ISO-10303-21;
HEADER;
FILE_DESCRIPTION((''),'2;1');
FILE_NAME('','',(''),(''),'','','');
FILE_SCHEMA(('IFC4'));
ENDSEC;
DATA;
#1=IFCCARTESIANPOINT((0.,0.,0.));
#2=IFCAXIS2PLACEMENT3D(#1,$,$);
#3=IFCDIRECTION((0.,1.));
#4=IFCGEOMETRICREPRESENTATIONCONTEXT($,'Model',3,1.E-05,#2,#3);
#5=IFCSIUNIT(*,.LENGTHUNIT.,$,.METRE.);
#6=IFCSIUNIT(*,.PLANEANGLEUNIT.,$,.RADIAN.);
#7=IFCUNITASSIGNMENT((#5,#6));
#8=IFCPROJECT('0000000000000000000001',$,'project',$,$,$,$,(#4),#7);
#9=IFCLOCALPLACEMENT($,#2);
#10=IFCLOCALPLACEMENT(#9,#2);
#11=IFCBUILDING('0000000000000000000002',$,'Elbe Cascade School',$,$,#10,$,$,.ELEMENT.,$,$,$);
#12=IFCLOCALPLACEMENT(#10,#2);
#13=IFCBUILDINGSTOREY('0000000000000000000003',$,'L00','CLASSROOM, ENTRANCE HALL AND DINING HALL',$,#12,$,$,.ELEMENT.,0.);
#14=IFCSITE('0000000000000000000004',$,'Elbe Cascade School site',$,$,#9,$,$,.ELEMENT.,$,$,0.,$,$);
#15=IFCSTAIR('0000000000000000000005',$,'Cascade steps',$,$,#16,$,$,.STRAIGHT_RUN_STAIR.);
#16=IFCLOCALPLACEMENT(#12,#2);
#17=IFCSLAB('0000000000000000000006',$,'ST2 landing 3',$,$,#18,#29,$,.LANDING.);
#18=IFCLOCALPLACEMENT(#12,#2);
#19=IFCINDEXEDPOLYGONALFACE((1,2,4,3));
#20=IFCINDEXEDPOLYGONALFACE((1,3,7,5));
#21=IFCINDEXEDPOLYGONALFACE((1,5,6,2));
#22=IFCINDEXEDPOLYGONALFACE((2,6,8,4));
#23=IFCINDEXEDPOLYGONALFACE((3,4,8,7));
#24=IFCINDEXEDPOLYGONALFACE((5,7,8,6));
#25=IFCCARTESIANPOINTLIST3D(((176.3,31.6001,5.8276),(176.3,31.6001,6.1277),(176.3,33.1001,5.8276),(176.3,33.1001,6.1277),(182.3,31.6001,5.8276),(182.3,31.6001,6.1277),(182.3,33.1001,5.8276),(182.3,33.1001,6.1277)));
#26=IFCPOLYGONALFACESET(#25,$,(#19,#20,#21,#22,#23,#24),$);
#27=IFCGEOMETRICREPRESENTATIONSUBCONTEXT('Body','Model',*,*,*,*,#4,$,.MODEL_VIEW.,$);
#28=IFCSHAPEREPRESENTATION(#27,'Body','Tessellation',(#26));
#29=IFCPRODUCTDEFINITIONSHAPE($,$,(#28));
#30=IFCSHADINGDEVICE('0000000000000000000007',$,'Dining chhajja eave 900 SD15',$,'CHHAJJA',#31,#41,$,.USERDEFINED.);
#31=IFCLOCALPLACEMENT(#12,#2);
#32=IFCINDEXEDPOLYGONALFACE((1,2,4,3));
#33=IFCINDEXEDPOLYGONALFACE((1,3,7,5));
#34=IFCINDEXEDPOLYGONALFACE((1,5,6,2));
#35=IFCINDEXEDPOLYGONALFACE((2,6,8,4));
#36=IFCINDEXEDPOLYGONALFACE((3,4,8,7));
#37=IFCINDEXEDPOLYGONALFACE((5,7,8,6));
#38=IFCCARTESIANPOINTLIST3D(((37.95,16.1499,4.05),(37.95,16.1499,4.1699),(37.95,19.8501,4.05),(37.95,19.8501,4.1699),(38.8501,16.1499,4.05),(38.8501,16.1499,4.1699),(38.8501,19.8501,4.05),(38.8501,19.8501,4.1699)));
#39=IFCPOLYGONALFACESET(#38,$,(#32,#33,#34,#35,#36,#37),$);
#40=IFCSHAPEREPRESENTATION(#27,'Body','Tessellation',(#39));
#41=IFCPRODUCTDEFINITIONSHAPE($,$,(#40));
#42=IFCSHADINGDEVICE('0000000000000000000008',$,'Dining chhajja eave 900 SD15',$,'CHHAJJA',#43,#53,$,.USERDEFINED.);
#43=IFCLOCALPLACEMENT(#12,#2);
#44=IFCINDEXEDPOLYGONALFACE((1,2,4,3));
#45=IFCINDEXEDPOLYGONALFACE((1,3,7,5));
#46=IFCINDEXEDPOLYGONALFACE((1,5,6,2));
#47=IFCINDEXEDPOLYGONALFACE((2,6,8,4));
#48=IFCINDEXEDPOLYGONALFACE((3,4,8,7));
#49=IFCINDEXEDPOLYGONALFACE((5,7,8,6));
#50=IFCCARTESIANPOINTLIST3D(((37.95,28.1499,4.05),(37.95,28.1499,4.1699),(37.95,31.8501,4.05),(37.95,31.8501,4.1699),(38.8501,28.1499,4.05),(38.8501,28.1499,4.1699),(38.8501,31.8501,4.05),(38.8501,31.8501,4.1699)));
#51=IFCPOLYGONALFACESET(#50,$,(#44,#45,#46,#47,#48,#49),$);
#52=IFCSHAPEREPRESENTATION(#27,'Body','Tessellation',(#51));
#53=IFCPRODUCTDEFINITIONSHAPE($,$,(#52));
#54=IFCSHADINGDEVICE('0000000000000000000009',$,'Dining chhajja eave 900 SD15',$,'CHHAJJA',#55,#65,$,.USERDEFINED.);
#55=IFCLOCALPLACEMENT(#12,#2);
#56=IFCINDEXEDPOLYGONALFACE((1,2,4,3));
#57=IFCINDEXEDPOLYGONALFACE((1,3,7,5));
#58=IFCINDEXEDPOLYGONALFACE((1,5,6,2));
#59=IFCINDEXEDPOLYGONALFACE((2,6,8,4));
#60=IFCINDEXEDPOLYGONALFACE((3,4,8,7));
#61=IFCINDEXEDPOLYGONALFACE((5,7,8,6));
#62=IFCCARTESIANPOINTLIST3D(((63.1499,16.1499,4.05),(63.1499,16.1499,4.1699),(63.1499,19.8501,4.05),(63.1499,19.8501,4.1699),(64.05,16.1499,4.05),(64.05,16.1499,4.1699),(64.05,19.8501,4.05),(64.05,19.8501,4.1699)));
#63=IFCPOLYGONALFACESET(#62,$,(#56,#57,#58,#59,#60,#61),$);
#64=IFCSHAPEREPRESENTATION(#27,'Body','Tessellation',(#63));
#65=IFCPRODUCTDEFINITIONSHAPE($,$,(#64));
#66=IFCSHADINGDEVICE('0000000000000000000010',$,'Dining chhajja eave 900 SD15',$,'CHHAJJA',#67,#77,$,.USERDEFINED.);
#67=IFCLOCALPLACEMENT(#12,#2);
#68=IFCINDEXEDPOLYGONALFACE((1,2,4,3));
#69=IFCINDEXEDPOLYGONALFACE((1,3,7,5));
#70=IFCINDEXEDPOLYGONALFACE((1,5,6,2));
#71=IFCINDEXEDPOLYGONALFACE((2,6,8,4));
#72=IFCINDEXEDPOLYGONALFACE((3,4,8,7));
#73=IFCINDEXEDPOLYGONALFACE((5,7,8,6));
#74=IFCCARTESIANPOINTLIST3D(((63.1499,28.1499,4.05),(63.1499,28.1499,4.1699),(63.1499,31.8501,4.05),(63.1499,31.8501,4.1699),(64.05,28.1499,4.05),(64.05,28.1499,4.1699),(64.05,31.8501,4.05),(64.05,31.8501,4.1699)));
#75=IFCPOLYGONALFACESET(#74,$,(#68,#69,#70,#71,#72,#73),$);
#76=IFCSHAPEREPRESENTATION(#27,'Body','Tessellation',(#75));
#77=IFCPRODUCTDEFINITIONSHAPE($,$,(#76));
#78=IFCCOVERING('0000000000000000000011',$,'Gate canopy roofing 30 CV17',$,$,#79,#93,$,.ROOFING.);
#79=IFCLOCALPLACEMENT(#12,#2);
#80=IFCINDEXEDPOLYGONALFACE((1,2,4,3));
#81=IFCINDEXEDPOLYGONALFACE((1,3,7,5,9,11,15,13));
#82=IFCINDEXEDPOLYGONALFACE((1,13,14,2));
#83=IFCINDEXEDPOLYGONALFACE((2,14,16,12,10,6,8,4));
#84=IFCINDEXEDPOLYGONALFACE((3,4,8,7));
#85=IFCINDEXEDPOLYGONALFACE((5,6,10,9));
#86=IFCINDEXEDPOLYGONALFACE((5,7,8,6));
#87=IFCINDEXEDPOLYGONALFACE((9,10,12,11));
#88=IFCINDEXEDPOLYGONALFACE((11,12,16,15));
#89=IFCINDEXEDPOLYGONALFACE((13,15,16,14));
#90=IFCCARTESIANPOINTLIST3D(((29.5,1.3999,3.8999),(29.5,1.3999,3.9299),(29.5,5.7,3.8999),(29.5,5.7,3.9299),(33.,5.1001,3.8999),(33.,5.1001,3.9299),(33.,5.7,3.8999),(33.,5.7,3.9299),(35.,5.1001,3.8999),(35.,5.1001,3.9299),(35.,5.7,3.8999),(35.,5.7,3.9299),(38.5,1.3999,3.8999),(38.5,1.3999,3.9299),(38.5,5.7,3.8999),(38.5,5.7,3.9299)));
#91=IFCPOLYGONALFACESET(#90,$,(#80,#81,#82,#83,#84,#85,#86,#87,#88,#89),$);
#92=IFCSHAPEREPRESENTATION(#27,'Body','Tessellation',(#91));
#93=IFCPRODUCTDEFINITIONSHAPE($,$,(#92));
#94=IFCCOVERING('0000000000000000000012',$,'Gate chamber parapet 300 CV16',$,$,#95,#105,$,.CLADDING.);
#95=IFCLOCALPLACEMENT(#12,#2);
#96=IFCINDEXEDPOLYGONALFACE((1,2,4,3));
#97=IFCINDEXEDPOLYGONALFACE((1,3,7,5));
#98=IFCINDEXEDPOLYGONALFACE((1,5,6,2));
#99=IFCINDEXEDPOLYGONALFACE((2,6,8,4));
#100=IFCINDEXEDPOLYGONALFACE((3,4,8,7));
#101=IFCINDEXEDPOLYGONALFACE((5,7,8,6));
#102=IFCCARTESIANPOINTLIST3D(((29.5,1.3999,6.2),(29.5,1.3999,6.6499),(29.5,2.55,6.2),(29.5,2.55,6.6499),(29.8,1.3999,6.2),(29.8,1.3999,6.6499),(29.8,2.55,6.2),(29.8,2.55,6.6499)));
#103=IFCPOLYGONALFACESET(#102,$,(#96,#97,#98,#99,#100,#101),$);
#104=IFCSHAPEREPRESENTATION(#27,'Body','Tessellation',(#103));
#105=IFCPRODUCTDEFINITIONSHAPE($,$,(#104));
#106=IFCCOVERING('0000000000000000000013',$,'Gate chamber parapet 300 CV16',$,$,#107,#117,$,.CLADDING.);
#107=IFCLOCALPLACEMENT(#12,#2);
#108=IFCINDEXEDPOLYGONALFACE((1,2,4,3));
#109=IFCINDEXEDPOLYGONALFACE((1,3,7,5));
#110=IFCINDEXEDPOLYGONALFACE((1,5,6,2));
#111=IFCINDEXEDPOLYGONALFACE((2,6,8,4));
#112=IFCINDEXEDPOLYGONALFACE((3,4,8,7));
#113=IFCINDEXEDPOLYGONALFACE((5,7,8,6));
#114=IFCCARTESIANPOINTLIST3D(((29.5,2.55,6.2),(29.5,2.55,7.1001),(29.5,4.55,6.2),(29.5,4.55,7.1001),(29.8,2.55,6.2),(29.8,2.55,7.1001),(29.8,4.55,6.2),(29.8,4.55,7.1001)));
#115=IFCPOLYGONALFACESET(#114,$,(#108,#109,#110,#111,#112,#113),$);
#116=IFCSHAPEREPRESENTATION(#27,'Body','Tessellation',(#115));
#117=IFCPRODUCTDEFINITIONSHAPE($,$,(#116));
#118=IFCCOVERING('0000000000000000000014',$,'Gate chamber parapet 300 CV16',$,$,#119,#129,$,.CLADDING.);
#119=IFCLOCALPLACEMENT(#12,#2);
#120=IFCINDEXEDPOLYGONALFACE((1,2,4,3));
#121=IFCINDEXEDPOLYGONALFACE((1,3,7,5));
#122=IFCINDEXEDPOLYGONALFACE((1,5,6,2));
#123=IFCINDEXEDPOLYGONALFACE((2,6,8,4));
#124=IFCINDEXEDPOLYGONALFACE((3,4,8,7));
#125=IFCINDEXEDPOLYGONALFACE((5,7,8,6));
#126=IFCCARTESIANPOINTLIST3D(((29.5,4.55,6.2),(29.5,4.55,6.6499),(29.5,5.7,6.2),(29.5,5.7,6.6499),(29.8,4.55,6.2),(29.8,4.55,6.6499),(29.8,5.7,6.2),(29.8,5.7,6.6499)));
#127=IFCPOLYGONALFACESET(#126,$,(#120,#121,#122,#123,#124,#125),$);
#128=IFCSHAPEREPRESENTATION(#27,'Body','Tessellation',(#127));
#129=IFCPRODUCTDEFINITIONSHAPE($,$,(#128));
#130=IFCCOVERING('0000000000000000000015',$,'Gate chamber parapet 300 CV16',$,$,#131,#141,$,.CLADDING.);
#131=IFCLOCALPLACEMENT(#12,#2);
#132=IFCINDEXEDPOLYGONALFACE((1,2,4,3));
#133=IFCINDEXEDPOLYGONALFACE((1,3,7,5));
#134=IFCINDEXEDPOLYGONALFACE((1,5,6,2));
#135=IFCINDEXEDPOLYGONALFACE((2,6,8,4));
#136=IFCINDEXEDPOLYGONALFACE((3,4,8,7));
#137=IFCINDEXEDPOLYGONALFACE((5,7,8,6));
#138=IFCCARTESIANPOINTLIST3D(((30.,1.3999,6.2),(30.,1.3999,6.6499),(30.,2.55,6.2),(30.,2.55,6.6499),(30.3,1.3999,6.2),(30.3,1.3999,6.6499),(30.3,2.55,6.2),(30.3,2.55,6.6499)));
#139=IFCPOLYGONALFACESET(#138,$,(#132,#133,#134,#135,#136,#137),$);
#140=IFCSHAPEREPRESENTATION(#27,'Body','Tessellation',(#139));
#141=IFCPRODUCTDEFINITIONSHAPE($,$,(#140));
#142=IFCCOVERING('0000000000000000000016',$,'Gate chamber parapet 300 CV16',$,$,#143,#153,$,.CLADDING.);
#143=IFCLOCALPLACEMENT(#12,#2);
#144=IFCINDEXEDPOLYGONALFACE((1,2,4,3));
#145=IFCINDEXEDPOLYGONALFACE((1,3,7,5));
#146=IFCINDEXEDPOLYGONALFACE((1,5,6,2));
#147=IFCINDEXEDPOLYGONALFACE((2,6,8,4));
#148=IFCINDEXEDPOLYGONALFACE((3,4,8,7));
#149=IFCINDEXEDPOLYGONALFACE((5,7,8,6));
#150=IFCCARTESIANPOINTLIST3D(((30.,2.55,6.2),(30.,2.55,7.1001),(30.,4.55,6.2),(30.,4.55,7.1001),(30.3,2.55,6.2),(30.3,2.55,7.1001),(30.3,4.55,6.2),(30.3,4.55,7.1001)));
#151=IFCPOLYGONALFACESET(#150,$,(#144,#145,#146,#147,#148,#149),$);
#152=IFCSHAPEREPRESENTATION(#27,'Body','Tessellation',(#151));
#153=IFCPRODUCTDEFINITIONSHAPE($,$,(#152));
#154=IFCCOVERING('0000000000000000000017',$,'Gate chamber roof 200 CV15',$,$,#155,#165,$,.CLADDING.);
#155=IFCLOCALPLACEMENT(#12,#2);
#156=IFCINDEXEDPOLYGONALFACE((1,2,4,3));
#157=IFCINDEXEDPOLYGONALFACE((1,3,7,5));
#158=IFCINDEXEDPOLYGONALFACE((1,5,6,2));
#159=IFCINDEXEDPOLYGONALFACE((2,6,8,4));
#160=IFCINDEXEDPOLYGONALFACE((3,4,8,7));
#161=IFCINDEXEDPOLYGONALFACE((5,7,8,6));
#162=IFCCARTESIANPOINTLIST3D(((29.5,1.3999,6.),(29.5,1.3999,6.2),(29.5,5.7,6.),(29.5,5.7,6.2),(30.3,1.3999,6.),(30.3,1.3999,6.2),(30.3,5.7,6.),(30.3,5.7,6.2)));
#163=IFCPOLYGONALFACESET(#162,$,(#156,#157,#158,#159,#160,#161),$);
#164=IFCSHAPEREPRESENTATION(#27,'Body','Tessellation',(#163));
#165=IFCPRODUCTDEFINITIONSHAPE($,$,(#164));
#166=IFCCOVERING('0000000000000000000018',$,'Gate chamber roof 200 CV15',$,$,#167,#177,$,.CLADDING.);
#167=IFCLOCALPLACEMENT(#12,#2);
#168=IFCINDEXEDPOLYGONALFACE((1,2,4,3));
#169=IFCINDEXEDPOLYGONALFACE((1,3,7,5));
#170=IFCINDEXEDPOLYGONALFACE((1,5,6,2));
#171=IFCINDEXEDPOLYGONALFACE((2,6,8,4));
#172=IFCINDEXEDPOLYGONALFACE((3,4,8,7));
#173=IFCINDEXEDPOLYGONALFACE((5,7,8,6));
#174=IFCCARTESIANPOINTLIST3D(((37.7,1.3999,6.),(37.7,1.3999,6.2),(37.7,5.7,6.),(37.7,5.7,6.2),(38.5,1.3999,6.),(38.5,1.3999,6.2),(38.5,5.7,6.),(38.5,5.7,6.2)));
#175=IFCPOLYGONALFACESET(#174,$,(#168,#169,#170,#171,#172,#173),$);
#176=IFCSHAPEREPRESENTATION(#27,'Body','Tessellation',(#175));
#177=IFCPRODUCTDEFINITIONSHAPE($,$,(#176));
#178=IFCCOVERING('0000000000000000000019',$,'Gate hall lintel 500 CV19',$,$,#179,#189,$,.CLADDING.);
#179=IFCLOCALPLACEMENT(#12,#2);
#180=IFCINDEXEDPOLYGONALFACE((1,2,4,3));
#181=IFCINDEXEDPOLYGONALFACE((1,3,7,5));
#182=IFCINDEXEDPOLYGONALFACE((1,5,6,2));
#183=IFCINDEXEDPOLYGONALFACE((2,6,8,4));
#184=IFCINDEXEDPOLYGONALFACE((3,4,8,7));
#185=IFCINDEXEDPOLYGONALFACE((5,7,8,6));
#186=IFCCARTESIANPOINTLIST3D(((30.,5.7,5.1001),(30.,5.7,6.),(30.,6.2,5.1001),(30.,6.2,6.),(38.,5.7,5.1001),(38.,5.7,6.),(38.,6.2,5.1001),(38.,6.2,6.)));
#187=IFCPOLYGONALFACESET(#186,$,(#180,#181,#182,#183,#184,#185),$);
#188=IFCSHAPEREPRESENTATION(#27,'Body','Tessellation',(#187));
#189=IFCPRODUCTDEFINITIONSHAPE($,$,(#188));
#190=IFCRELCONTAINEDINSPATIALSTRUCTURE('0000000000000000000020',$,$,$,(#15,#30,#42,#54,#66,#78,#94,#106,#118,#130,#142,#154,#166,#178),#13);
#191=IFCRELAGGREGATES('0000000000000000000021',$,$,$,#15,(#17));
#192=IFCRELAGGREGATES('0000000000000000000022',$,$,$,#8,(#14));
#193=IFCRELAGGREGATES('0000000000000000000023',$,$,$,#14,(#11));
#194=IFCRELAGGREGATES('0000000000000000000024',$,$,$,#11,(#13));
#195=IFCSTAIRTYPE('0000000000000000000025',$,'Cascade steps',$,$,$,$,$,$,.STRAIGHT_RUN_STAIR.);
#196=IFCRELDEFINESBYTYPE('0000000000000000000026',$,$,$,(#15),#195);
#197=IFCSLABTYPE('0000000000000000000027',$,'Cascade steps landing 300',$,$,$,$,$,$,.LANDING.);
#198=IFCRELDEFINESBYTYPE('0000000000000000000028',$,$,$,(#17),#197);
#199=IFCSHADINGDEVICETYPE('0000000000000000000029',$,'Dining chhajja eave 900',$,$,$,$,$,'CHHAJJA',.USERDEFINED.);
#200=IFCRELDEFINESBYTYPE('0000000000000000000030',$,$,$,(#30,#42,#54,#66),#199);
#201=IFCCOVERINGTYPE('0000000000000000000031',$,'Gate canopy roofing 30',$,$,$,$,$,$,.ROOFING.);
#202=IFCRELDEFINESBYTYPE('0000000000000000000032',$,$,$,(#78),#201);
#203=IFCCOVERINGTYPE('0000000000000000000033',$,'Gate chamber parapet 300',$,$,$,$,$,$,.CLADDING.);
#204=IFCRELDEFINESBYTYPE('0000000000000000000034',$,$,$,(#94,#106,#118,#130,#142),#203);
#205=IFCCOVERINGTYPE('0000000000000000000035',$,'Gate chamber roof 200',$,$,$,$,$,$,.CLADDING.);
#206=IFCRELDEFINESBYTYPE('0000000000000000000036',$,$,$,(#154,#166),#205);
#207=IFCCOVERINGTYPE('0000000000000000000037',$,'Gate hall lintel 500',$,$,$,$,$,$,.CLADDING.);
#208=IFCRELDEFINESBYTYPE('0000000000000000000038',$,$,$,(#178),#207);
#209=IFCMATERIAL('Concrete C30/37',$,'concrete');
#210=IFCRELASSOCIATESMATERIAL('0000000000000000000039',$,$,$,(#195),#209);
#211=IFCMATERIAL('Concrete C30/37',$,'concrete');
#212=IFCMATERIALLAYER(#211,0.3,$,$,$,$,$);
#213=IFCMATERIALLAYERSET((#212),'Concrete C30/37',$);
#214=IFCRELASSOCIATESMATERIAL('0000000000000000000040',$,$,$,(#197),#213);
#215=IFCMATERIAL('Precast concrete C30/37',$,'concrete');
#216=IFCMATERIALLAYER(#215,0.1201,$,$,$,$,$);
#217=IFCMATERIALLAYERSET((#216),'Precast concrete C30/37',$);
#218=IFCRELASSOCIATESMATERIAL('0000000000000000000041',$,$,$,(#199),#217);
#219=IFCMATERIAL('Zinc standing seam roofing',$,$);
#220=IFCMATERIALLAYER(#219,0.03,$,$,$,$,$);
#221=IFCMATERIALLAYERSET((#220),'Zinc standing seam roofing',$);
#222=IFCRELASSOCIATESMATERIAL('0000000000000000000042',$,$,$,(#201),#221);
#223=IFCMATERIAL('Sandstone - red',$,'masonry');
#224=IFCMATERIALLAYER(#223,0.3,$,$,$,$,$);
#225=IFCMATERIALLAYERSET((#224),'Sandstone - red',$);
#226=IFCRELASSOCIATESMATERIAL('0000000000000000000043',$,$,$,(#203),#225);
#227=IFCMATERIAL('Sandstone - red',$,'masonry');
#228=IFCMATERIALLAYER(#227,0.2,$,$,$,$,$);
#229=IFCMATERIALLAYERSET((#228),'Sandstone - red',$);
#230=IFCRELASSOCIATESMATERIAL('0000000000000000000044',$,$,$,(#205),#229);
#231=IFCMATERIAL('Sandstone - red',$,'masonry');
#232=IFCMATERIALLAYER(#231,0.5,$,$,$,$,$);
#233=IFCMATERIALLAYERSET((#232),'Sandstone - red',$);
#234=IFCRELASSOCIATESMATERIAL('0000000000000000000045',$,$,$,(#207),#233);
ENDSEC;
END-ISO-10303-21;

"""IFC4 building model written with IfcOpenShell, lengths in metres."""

from ifc_helpers import new_model, si_unit, direction, frame, origin, place, context, subcontext, project, spatial, polyline, outline, extrude, material, layer, layer_set, type_object, element, aggregate, save


model = new_model("IFC4")

# Units and contexts
model_context = context("Model", 3, precision=1e-05, world=origin(), true_north=direction((0.0, 1.0)))
body_context = subcontext(model_context, "Body", "Model", "MODEL_VIEW")
ifc_project = project(units=[si_unit("LENGTHUNIT", "METRE"), si_unit("PLANEANGLEUNIT", "RADIAN")], contexts=[model_context])

# Site, building, storey
site_placement = place(None, origin())
site = spatial("IfcSite", under=ifc_project, at=site_placement, Name="Elbe Cascade School site", CompositionType="ELEMENT", RefElevation=0.0)
building_placement = place(site_placement, origin())
building = spatial("IfcBuilding", under=site, at=building_placement, Name="Elbe Cascade School", CompositionType="ELEMENT")
storey_placement = place(building_placement, origin())
storey = spatial("IfcBuildingStorey", under=building, at=storey_placement, Name="L00", Description="CLASSROOM, ENTRANCE HALL AND DINING HALL", CompositionType="ELEMENT", Elevation=0.0)

# Stair, slab
ifc_material_1 = material(Name="Concrete C30/37", Category="concrete")
stair_type = type_object("IfcStairType", Name="Cascade steps", PredefinedType="STRAIGHT_RUN_STAIR", material=ifc_material_1)
stair_placement = place(storey_placement, origin())
stair = element("IfcStair", 1, at=stair_placement, inside=storey, type_object=stair_type, Name="Cascade steps", PredefinedType="STRAIGHT_RUN_STAIR")
ifc_material_2 = material(Name="Concrete C30/37", Category="concrete")
ifc_layer_1 = layer(ifc_material_2, 0.3)
ifc_layer_set_1 = layer_set([ifc_layer_1], Name="Concrete C30/37")
slab_type = type_object("IfcSlabType", Name="Cascade steps landing 300", PredefinedType="LANDING", material=ifc_layer_set_1)
slab_placement = place(storey_placement, frame((0.0, 0.0, 5.8276)))
slab = element("IfcSlab", 2, at=slab_placement, type_object=slab_type, Name="ST2 landing 3", PredefinedType="LANDING", context=body_context, shape_type="SweptSolid", body=[
    extrude(outline(polyline([(176.3, 31.6001), (182.3, 31.6001), (182.3, 33.1001), (176.3, 33.1001), (176.3, 31.6001)])), origin(), (0.0, 0.0, 1.0), 0.3),
])
aggregate(stair, [slab])

# Shading devices
ifc_material_3 = material(Name="Precast concrete C30/37", Category="concrete")
ifc_layer_2 = layer(ifc_material_3, 0.1201)
ifc_layer_set_2 = layer_set([ifc_layer_2], Name="Precast concrete C30/37")
shading_device_type = type_object("IfcShadingDeviceType", Name="Dining chhajja eave 900", ElementType="CHHAJJA", PredefinedType="USERDEFINED", material=ifc_layer_set_2)
shading_device_1_placement = place(storey_placement, frame((0.0, 0.0, 4.05)))
element("IfcShadingDevice", 3, at=shading_device_1_placement, inside=storey, type_object=shading_device_type, Name="Dining chhajja eave 900 SD15", ObjectType="CHHAJJA", PredefinedType="USERDEFINED", context=body_context, shape_type="SweptSolid", body=[
    extrude(outline(polyline([(37.95, 16.1499), (38.8501, 16.1499), (38.8501, 19.8501), (37.95, 19.8501), (37.95, 16.1499)])), origin(), (0.0, 0.0, 1.0), 0.1199),
])
shading_device_2_placement = place(storey_placement, frame((0.0, 0.0, 4.05)))
element("IfcShadingDevice", 4, at=shading_device_2_placement, inside=storey, type_object=shading_device_type, Name="Dining chhajja eave 900 SD15", ObjectType="CHHAJJA", PredefinedType="USERDEFINED", context=body_context, shape_type="SweptSolid", body=[
    extrude(outline(polyline([(37.95, 28.1499), (38.8501, 28.1499), (38.8501, 31.8501), (37.95, 31.8501), (37.95, 28.1499)])), origin(), (0.0, 0.0, 1.0), 0.1199),
])
shading_device_3_placement = place(storey_placement, frame((0.0, 0.0, 4.05)))
element("IfcShadingDevice", 5, at=shading_device_3_placement, inside=storey, type_object=shading_device_type, Name="Dining chhajja eave 900 SD15", ObjectType="CHHAJJA", PredefinedType="USERDEFINED", context=body_context, shape_type="SweptSolid", body=[
    extrude(outline(polyline([(63.1499, 16.1499), (64.05, 16.1499), (64.05, 19.8501), (63.1499, 19.8501), (63.1499, 16.1499)])), origin(), (0.0, 0.0, 1.0), 0.1199),
])
shading_device_4_placement = place(storey_placement, frame((0.0, 0.0, 4.05)))
element("IfcShadingDevice", 6, at=shading_device_4_placement, inside=storey, type_object=shading_device_type, Name="Dining chhajja eave 900 SD15", ObjectType="CHHAJJA", PredefinedType="USERDEFINED", context=body_context, shape_type="SweptSolid", body=[
    extrude(outline(polyline([(63.1499, 28.1499), (64.05, 28.1499), (64.05, 31.8501), (63.1499, 31.8501), (63.1499, 28.1499)])), origin(), (0.0, 0.0, 1.0), 0.1199),
])

# Coverings
ifc_material_4 = material(Name="Zinc standing seam roofing")
ifc_layer_3 = layer(ifc_material_4, 0.03)
ifc_layer_set_3 = layer_set([ifc_layer_3], Name="Zinc standing seam roofing")
covering_type_1 = type_object("IfcCoveringType", Name="Gate canopy roofing 30", PredefinedType="ROOFING", material=ifc_layer_set_3)
covering_1_placement = place(storey_placement, frame((0.0, 0.0, 3.8999)))
element("IfcCovering", 7, at=covering_1_placement, inside=storey, type_object=covering_type_1, Name="Gate canopy roofing 30 CV17", PredefinedType="ROOFING", context=body_context, shape_type="SweptSolid", body=[
    extrude(outline(polyline([(38.5, 5.7), (38.5, 1.3999), (29.5, 1.3999), (29.5, 5.7), (33.0, 5.7), (33.0, 5.1001), (35.0, 5.1001), (35.0, 5.7), (38.5, 5.7)])), origin(), (0.0, 0.0, 1.0), 0.03),
])
ifc_material_5 = material(Name="Sandstone - red", Category="masonry")
ifc_layer_4 = layer(ifc_material_5, 0.3)
ifc_layer_set_4 = layer_set([ifc_layer_4], Name="Sandstone - red")
covering_type_2 = type_object("IfcCoveringType", Name="Gate chamber parapet 300", PredefinedType="CLADDING", material=ifc_layer_set_4)
covering_2_placement = place(storey_placement, frame((0.0, 0.0, 6.2)))
element("IfcCovering", 8, at=covering_2_placement, inside=storey, type_object=covering_type_2, Name="Gate chamber parapet 300 CV16", PredefinedType="CLADDING", context=body_context, shape_type="SweptSolid", body=[
    extrude(outline(polyline([(29.5, 1.3999), (29.8, 1.3999), (29.8, 2.55), (29.5, 2.55), (29.5, 1.3999)])), origin(), (0.0, 0.0, 1.0), 0.45),
])
covering_3_placement = place(storey_placement, frame((0.0, 0.0, 6.2)))
element("IfcCovering", 9, at=covering_3_placement, inside=storey, type_object=covering_type_2, Name="Gate chamber parapet 300 CV16", PredefinedType="CLADDING", context=body_context, shape_type="SweptSolid", body=[
    extrude(outline(polyline([(29.5, 2.55), (29.8, 2.55), (29.8, 4.55), (29.5, 4.55), (29.5, 2.55)])), origin(), (0.0, 0.0, 1.0), 0.9001),
])
covering_4_placement = place(storey_placement, frame((0.0, 0.0, 6.2)))
element("IfcCovering", 10, at=covering_4_placement, inside=storey, type_object=covering_type_2, Name="Gate chamber parapet 300 CV16", PredefinedType="CLADDING", context=body_context, shape_type="SweptSolid", body=[
    extrude(outline(polyline([(29.5, 4.55), (29.8, 4.55), (29.8, 5.7), (29.5, 5.7), (29.5, 4.55)])), origin(), (0.0, 0.0, 1.0), 0.45),
])
covering_5_placement = place(storey_placement, frame((0.0, 0.0, 6.2)))
element("IfcCovering", 11, at=covering_5_placement, inside=storey, type_object=covering_type_2, Name="Gate chamber parapet 300 CV16", PredefinedType="CLADDING", context=body_context, shape_type="SweptSolid", body=[
    extrude(outline(polyline([(30.0, 1.3999), (30.3, 1.3999), (30.3, 2.55), (30.0, 2.55), (30.0, 1.3999)])), origin(), (0.0, 0.0, 1.0), 0.45),
])
covering_6_placement = place(storey_placement, frame((0.0, 0.0, 6.2)))
element("IfcCovering", 12, at=covering_6_placement, inside=storey, type_object=covering_type_2, Name="Gate chamber parapet 300 CV16", PredefinedType="CLADDING", context=body_context, shape_type="SweptSolid", body=[
    extrude(outline(polyline([(30.0, 2.55), (30.3, 2.55), (30.3, 4.55), (30.0, 4.55), (30.0, 2.55)])), origin(), (0.0, 0.0, 1.0), 0.9001),
])
ifc_material_6 = material(Name="Sandstone - red", Category="masonry")
ifc_layer_5 = layer(ifc_material_6, 0.2)
ifc_layer_set_5 = layer_set([ifc_layer_5], Name="Sandstone - red")
covering_type_3 = type_object("IfcCoveringType", Name="Gate chamber roof 200", PredefinedType="CLADDING", material=ifc_layer_set_5)
covering_7_placement = place(storey_placement, frame((0.0, 0.0, 6.0)))
element("IfcCovering", 13, at=covering_7_placement, inside=storey, type_object=covering_type_3, Name="Gate chamber roof 200 CV15", PredefinedType="CLADDING", context=body_context, shape_type="SweptSolid", body=[
    extrude(outline(polyline([(29.5, 1.3999), (30.3, 1.3999), (30.3, 5.7), (29.5, 5.7), (29.5, 1.3999)])), origin(), (0.0, 0.0, 1.0), 0.2),
])
covering_8_placement = place(storey_placement, frame((0.0, 0.0, 6.0)))
element("IfcCovering", 14, at=covering_8_placement, inside=storey, type_object=covering_type_3, Name="Gate chamber roof 200 CV15", PredefinedType="CLADDING", context=body_context, shape_type="SweptSolid", body=[
    extrude(outline(polyline([(37.7, 1.3999), (38.5, 1.3999), (38.5, 5.7), (37.7, 5.7), (37.7, 1.3999)])), origin(), (0.0, 0.0, 1.0), 0.2),
])
ifc_material_7 = material(Name="Sandstone - red", Category="masonry")
ifc_layer_6 = layer(ifc_material_7, 0.5)
ifc_layer_set_6 = layer_set([ifc_layer_6], Name="Sandstone - red")
covering_type_4 = type_object("IfcCoveringType", Name="Gate hall lintel 500", PredefinedType="CLADDING", material=ifc_layer_set_6)
covering_9_placement = place(storey_placement, frame((0.0, 0.0, 5.1001)))
element("IfcCovering", 15, at=covering_9_placement, inside=storey, type_object=covering_type_4, Name="Gate hall lintel 500 CV19", PredefinedType="CLADDING", context=body_context, shape_type="SweptSolid", body=[
    extrude(outline(polyline([(30.0, 5.7), (38.0, 5.7), (38.0, 6.2), (30.0, 6.2), (30.0, 5.7)])), origin(), (0.0, 0.0, 1.0), 0.8999),
])

save(model, "model.ifc")
